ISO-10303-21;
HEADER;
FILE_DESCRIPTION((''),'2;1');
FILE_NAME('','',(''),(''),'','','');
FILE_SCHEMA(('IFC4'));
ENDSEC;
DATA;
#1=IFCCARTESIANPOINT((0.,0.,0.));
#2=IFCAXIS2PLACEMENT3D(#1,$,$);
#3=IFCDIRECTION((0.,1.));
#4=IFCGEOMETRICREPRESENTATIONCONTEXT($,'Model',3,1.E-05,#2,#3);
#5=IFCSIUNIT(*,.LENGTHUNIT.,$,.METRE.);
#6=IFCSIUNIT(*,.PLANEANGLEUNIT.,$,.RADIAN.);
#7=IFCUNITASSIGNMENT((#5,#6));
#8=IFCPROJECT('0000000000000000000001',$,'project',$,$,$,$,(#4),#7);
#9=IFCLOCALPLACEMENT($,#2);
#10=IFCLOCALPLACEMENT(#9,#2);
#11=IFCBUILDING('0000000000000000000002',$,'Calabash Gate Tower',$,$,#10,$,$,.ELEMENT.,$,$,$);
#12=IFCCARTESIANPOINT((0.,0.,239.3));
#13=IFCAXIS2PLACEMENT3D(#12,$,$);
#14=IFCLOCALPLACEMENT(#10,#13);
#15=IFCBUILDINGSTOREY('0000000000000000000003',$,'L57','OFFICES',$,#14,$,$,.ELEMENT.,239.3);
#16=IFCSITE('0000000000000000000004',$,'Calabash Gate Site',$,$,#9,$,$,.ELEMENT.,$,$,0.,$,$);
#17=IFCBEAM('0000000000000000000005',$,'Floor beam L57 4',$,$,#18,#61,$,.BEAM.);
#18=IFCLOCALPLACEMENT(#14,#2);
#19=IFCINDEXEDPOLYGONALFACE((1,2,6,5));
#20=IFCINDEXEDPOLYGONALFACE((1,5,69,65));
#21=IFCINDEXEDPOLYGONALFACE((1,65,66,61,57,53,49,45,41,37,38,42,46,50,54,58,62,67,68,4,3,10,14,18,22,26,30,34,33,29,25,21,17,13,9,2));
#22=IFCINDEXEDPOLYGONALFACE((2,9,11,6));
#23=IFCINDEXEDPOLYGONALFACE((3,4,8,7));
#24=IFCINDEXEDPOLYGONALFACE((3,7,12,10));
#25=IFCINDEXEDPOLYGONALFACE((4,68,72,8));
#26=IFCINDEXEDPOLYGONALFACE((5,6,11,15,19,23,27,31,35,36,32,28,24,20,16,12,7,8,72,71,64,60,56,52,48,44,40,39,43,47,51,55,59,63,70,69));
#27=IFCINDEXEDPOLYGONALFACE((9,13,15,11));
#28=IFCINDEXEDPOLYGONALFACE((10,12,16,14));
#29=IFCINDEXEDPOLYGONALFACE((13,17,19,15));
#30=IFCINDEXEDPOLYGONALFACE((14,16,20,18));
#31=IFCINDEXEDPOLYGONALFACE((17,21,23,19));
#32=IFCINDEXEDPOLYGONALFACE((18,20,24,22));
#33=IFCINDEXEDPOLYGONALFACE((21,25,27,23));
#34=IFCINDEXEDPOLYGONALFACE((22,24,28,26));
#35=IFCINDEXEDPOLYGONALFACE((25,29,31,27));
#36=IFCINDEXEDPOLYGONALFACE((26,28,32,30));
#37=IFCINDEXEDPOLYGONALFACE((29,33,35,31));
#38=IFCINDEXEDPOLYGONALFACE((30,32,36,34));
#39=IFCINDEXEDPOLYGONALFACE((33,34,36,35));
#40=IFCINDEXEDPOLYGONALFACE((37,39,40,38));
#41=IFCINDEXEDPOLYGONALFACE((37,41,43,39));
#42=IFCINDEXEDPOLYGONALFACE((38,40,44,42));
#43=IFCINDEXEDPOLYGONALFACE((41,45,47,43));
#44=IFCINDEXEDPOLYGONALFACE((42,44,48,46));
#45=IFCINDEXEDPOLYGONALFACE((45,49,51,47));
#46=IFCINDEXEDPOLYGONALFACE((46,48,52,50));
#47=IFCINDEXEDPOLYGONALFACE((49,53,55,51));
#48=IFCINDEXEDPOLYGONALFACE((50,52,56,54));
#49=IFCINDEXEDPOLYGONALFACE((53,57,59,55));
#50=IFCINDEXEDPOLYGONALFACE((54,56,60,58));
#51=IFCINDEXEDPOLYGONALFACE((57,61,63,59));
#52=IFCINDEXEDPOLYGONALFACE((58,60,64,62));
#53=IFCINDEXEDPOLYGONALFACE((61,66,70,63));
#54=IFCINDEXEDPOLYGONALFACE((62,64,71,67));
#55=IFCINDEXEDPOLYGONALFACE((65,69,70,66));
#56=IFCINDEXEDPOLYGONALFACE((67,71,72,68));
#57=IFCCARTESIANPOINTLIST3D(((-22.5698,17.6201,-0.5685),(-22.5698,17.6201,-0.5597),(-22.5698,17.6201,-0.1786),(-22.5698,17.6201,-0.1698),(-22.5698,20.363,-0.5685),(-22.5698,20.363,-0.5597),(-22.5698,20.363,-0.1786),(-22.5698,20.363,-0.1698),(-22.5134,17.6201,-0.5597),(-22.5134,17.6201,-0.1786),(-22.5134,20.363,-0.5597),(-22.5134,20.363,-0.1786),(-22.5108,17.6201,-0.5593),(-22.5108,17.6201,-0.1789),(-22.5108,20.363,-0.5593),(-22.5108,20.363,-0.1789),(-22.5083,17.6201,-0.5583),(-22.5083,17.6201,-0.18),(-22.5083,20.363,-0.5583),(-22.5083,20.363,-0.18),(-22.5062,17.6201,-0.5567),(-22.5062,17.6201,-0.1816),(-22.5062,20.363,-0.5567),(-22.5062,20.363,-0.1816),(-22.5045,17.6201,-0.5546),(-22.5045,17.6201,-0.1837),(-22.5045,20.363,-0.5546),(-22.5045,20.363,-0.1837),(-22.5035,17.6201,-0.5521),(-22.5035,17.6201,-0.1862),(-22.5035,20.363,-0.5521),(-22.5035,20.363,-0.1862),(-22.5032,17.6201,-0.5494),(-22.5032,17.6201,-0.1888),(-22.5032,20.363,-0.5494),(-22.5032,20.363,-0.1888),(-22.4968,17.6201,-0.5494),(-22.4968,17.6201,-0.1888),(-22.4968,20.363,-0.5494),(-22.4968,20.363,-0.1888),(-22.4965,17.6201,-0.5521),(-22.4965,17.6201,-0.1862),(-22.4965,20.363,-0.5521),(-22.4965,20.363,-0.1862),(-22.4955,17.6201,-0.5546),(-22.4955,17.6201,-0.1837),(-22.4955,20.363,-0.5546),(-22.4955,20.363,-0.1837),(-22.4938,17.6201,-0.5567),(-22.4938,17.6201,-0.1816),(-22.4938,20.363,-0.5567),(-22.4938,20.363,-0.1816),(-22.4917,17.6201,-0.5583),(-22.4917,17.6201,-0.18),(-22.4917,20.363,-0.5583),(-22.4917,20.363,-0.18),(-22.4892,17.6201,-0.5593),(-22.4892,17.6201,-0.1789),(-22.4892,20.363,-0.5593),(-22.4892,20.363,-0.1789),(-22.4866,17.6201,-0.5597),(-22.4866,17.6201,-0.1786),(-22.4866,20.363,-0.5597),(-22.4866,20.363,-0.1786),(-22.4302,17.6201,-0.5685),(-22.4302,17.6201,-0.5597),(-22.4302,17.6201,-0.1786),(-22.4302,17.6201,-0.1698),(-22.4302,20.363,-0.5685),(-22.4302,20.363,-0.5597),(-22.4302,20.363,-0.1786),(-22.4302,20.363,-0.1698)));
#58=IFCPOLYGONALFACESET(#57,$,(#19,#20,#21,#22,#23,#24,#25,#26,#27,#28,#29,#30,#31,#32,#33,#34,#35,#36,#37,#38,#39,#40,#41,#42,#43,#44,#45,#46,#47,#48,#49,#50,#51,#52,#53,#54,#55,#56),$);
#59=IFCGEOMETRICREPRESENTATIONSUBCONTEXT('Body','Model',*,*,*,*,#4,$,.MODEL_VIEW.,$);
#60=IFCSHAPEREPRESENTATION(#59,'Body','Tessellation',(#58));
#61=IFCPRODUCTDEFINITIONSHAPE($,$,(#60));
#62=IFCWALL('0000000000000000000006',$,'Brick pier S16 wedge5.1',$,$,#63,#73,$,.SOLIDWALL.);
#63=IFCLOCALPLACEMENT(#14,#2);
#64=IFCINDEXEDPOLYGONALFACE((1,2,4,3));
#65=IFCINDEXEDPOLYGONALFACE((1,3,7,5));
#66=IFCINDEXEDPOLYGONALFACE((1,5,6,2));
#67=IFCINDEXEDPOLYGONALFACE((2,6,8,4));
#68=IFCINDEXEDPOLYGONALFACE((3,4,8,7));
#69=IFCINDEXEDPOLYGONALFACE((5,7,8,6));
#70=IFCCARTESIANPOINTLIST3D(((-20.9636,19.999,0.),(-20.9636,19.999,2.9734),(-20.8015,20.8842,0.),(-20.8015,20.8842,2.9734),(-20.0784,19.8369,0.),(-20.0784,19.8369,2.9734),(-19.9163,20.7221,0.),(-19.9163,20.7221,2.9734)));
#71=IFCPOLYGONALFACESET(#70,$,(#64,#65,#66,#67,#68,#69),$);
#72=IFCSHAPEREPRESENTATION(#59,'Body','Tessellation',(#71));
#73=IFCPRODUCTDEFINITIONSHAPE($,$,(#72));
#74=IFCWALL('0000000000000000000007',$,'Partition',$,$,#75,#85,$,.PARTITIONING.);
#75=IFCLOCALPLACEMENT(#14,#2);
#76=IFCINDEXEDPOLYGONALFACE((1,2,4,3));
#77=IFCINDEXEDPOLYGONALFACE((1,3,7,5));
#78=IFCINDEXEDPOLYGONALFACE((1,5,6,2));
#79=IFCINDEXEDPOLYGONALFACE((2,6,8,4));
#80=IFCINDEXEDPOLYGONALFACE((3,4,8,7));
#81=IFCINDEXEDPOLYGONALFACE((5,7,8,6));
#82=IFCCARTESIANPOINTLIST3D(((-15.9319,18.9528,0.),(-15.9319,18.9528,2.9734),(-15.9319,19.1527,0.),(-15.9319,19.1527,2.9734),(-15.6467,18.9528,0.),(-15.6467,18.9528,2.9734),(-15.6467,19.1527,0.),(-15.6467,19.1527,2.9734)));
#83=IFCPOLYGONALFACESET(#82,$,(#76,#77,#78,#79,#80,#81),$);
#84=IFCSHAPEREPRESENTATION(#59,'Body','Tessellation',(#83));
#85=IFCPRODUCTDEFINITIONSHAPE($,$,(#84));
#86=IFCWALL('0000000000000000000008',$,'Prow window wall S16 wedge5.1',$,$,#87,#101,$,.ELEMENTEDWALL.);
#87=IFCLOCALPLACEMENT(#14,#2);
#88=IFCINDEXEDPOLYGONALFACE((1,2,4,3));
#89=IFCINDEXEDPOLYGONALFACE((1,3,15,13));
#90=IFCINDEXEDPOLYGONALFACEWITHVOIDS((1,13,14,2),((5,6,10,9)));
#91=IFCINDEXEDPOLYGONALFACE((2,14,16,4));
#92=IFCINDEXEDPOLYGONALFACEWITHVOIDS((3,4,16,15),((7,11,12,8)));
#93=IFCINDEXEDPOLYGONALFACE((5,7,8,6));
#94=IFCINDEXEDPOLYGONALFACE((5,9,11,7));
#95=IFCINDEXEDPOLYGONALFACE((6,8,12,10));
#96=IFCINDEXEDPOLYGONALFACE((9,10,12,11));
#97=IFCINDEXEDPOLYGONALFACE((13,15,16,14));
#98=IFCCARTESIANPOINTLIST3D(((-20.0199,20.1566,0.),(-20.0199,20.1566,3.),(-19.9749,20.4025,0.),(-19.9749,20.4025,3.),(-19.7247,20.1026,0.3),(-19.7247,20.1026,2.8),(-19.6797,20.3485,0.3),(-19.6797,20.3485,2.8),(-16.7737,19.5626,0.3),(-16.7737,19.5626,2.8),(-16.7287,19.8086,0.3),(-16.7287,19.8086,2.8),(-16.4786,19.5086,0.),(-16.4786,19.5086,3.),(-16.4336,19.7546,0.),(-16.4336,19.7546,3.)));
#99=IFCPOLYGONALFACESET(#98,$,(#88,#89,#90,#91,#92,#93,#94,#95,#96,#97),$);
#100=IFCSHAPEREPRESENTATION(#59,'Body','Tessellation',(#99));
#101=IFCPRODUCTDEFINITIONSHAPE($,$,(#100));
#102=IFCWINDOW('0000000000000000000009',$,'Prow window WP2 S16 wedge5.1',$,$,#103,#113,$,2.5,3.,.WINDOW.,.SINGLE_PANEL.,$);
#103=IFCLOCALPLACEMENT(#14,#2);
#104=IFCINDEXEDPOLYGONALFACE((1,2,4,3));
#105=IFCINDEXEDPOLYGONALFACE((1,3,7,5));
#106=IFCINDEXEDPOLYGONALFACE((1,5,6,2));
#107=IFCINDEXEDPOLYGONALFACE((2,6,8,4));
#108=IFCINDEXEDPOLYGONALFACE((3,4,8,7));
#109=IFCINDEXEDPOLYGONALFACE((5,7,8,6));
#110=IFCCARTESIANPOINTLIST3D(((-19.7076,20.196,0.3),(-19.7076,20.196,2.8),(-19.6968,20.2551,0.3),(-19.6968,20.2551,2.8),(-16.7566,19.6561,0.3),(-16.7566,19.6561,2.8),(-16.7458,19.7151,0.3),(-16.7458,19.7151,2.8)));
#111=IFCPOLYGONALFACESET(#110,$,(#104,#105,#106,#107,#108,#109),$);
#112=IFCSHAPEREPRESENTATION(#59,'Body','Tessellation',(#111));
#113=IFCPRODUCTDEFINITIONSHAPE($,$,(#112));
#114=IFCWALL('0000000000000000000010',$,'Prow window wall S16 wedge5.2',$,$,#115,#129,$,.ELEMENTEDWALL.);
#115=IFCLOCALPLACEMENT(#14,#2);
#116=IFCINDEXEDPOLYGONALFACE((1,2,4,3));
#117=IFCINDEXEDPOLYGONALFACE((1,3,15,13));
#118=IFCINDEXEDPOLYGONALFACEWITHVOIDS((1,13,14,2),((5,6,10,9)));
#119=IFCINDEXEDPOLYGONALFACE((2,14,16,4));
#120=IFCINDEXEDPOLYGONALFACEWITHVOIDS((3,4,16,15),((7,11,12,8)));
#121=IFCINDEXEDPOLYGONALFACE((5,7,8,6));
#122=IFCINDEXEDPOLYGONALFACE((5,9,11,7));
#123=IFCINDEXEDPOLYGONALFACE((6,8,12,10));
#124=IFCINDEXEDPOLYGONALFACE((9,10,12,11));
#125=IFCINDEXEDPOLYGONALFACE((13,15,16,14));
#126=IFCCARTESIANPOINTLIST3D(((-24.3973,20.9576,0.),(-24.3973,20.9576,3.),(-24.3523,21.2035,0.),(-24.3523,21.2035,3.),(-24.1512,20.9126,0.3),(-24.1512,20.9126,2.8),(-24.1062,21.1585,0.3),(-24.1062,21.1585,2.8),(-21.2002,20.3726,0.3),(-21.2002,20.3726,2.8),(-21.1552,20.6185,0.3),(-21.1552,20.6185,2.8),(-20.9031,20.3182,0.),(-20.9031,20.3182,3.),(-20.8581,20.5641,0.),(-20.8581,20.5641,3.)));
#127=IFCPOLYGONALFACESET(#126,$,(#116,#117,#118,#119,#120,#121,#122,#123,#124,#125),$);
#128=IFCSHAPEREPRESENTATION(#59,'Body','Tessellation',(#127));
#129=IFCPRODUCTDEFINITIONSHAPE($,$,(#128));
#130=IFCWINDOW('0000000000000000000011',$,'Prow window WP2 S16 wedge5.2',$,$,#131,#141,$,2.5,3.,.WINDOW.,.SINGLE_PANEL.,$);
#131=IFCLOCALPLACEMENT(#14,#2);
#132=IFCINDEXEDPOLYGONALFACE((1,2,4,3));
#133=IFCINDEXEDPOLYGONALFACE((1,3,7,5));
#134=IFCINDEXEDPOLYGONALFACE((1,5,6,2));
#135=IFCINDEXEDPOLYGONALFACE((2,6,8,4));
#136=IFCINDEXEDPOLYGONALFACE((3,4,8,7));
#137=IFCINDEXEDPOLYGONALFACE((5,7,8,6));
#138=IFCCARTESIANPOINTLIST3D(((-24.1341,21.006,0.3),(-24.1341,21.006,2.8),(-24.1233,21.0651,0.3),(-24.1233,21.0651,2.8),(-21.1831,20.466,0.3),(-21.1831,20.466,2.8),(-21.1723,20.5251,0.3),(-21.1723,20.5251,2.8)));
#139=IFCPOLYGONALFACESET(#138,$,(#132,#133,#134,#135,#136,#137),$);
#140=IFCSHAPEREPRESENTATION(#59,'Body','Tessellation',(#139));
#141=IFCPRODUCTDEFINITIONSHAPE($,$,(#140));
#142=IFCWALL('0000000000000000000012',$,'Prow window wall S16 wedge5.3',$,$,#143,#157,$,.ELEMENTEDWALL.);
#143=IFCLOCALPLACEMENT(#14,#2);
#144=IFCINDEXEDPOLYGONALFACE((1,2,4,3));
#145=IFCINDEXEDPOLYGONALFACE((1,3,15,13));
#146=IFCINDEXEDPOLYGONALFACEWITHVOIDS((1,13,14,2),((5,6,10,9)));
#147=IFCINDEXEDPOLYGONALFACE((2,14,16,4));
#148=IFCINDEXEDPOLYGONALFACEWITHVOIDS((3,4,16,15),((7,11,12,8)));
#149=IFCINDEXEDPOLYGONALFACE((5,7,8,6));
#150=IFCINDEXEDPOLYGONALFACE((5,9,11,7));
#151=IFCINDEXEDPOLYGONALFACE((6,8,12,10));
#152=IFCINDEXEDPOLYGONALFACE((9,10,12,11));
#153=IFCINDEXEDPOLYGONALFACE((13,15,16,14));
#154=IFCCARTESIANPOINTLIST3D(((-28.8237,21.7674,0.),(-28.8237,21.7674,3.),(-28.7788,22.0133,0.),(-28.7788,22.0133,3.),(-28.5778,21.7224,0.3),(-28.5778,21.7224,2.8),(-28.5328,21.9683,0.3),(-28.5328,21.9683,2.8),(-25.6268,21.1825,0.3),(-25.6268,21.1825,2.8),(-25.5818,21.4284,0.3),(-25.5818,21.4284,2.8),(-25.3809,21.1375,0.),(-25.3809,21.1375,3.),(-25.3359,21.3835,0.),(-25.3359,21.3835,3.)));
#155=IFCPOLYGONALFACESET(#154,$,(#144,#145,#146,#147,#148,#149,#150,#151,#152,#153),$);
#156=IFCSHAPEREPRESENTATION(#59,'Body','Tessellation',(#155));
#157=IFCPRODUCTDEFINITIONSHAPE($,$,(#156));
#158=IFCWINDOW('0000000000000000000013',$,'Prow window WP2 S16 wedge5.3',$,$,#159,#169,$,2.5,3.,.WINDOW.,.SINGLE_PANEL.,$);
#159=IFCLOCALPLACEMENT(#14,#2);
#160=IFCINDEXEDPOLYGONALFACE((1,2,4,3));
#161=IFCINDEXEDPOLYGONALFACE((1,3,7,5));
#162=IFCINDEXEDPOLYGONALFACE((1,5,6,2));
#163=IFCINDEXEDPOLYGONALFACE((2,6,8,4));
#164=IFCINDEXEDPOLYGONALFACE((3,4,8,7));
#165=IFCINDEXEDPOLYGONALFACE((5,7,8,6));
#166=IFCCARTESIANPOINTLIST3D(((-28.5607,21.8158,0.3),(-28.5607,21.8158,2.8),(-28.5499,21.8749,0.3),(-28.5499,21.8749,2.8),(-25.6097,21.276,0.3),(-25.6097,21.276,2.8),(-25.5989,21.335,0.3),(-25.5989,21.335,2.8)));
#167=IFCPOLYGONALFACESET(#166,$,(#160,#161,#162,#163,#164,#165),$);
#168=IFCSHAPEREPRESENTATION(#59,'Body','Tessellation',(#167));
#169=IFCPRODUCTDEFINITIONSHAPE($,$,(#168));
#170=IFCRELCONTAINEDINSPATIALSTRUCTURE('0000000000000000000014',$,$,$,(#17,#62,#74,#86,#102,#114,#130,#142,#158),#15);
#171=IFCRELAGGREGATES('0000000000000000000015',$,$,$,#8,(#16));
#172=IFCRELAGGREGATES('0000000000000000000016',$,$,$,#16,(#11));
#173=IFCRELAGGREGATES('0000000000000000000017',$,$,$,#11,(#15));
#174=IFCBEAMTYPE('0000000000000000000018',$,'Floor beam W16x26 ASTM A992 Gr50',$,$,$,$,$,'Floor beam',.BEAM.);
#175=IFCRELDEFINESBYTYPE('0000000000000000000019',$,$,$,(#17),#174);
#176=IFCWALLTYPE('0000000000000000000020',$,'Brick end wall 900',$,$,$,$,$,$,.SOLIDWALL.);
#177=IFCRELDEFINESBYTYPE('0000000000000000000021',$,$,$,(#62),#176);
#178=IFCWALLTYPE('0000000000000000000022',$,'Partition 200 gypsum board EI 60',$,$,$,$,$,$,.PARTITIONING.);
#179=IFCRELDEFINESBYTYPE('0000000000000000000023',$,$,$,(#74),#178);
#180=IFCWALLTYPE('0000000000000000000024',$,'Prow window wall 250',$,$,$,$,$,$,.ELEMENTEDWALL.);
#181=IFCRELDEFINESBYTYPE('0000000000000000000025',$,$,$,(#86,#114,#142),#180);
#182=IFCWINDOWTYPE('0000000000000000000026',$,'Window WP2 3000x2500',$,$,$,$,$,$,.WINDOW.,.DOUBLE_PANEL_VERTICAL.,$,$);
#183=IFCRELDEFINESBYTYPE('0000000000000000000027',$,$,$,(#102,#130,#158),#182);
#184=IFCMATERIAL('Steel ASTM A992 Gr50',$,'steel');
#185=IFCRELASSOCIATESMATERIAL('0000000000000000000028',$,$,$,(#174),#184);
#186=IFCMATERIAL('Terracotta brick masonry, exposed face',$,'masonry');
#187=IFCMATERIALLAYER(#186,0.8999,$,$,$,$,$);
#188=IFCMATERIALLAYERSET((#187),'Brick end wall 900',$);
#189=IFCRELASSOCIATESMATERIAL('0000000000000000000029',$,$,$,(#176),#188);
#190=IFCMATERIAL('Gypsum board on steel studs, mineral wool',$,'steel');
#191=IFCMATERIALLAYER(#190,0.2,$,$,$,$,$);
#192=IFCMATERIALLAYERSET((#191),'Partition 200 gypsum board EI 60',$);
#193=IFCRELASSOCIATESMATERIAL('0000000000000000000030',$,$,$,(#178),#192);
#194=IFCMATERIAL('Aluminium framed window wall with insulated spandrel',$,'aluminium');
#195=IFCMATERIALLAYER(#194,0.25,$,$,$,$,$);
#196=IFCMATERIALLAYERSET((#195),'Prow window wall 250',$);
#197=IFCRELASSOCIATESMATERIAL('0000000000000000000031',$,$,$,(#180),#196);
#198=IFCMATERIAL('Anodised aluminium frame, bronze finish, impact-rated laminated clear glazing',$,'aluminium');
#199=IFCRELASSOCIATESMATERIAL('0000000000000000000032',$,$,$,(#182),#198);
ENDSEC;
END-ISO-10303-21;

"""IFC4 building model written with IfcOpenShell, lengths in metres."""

from ifc_helpers import new_model, si_unit, direction, frame, frame_2d, origin, origin_2d, place, context, subcontext, project, spatial, rectangle, i_section, extrude, material, layer, layer_set, material_profile, profile_set, type_object, element, fill, save


model = new_model("IFC4")

# Units and contexts
model_context = context("Model", 3, precision=1e-05, world=origin(), true_north=direction((0.0, 1.0)))
body_context = subcontext(model_context, "Body", "Model", "MODEL_VIEW")
ifc_project = project(units=[si_unit("LENGTHUNIT", "METRE"), si_unit("PLANEANGLEUNIT", "RADIAN")], contexts=[model_context])

# Site, building, storey
site_placement = place(None, origin())
site = spatial("IfcSite", under=ifc_project, at=site_placement, Name="Calabash Gate Site", CompositionType="ELEMENT", RefElevation=0.0)
building_placement = place(site_placement, origin())
building = spatial("IfcBuilding", under=site, at=building_placement, Name="Calabash Gate Tower", CompositionType="ELEMENT")
storey_placement = place(building_placement, frame((0.0, 0.0, 239.3)))
storey = spatial("IfcBuildingStorey", under=building, at=storey_placement, Name="L57", Description="OFFICES", CompositionType="ELEMENT", Elevation=239.3)

# Beam
ifc_material_1 = material(Name="Steel ASTM A992 Gr50", Category="steel")
ifc_material_profile_1 = material_profile(ifc_material_1, i_section(OverallWidth=0.1396, OverallDepth=0.3987, WebThickness=0.0063, FlangeThickness=0.0088, FilletRadius=0.0103, at=origin_2d()))
ifc_profile_set_1 = profile_set([ifc_material_profile_1], Name="Steel ASTM A992 Gr50")
beam_type_1 = type_object("IfcBeamType", Name="Floor beam W16x26 ASTM A992 Gr50", ElementType="Floor beam", PredefinedType="BEAM", material=ifc_profile_set_1)
beam_1_placement = place(storey_placement, frame((-22.5, 17.6201, -0.3691), z_axis=(0.0, 1.0, 0.0), x_axis=(-1.0, 0.0, 0.0)))
element("IfcBeam", 1, at=beam_1_placement, inside=storey, type_object=beam_type_1, Name="Floor beam L57 4", PredefinedType="BEAM", context=body_context, shape_type="SweptSolid", body=[
    extrude(i_section(OverallWidth=0.1396, OverallDepth=0.3987, WebThickness=0.0063, FlangeThickness=0.0088, FilletRadius=0.0103, at=origin_2d()), origin(), (0.0, 0.0, 1.0), 2.7429),
])

# Walls
ifc_material_2 = material(Name="Terracotta brick masonry, exposed face", Category="masonry")
ifc_layer_1 = layer(ifc_material_2, 0.8999)
ifc_layer_set_1 = layer_set([ifc_layer_1], Name="Brick end wall 900")
wall_type_1 = type_object("IfcWallType", Name="Brick end wall 900", PredefinedType="SOLIDWALL", material=ifc_layer_set_1)
wall_1_placement = place(storey_placement, frame((-20.521, 19.918, 0.0), z_axis=(0.0, 0.0, 1.0), x_axis=(0.180127, 0.983643, 0.0)))
element("IfcWall", 2, at=wall_1_placement, inside=storey, type_object=wall_type_1, Name="Brick pier S16 wedge5.1", PredefinedType="SOLIDWALL", context=body_context, shape_type="SweptSolid", body=[
    extrude(rectangle(XDim=0.8999, YDim=0.8999, at=frame_2d((0.45, 0.0))), origin(), (0.0, 0.0, 1.0), 2.9734),
])
ifc_material_3 = material(Name="Gypsum board on steel studs, mineral wool", Category="steel")
ifc_layer_2 = layer(ifc_material_3, 0.2)
ifc_layer_set_2 = layer_set([ifc_layer_2], Name="Partition 200 gypsum board EI 60")
wall_type_2 = type_object("IfcWallType", Name="Partition 200 gypsum board EI 60", PredefinedType="PARTITIONING", material=ifc_layer_set_2)
wall_2_placement = place(storey_placement, frame((-15.9319, 19.0527, 0.0), z_axis=(0.0, 0.0, 1.0), x_axis=(1.0, 0.0, 0.0)))
element("IfcWall", 3, at=wall_2_placement, inside=storey, type_object=wall_type_2, Name="Partition", PredefinedType="PARTITIONING", context=body_context, shape_type="SweptSolid", body=[
    extrude(rectangle(XDim=0.2852, YDim=0.2, at=frame_2d((0.1426, 0.0))), origin(), (0.0, 0.0, 1.0), 2.9734),
])

# Walls, openings, windows
ifc_material_4 = material(Name="Aluminium framed window wall with insulated spandrel", Category="aluminium")
ifc_layer_3 = layer(ifc_material_4, 0.25)
ifc_layer_set_3 = layer_set([ifc_layer_3], Name="Prow window wall 250")
wall_type_3 = type_object("IfcWallType", Name="Prow window wall 250", PredefinedType="ELEMENTEDWALL", material=ifc_layer_set_3)
wall_3_placement = place(storey_placement, frame((-16.4561, 19.6316, 0.0), z_axis=(0.0, 0.0, 1.0), x_axis=(-0.98367, 0.179983, 0.0)))
wall_3 = element("IfcWall", 4, at=wall_3_placement, inside=storey, type_object=wall_type_3, Name="Prow window wall S16 wedge5.1", PredefinedType="ELEMENTEDWALL", context=body_context, shape_type="SweptSolid", body=[
    extrude(rectangle(XDim=3.6001, YDim=0.25, at=frame_2d((1.8, 0.0))), origin(), (0.0, 0.0, 1.0), 3.0),
])
opening_1_placement = place(wall_3_placement, frame((0.3, 0.0, 0.3)))
opening_1 = element("IfcOpeningElement", 5, at=opening_1_placement, cuts=wall_3, PredefinedType="OPENING", context=body_context, shape_type="SweptSolid", body=[
    extrude(rectangle(XDim=3.0, YDim=2.5, at=frame_2d((1.5, 1.25))), frame((0.0, 0.135, 0.0), z_axis=(0.0, -1.0, 0.0), x_axis=(1.0, 0.0, 0.0)), (0.0, 0.0, 1.0), 0.27),
])
ifc_material_5 = material(Name="Anodised aluminium frame, bronze finish, impact-rated laminated clear glazing", Category="aluminium")
window_type = type_object("IfcWindowType", Name="Window WP2 3000x2500", PartitioningType="DOUBLE_PANEL_VERTICAL", PredefinedType="WINDOW", material=ifc_material_5)
window_1_placement = place(opening_1_placement, origin())
window_1 = element("IfcWindow", 6, at=window_1_placement, inside=storey, type_object=window_type, Name="Prow window WP2 S16 wedge5.1", OverallHeight=2.5, OverallWidth=3.0, PartitioningType="SINGLE_PANEL", PredefinedType="WINDOW", context=body_context, shape_type="SweptSolid", body=[
    extrude(rectangle(XDim=3.0, YDim=2.5, at=frame_2d((1.5, 1.25))), frame((0.0, 0.03, 0.0), z_axis=(0.0, -1.0, 0.0), x_axis=(1.0, 0.0, 0.0)), (0.0, 0.0, 1.0), 0.0601),
])
fill(opening_1, window_1)
wall_4_placement = place(storey_placement, frame((-20.8806, 20.4412, 0.0), z_axis=(0.0, 0.0, 1.0), x_axis=(-0.983666, 0.180004, 0.0)))
wall_4 = element("IfcWall", 7, at=wall_4_placement, inside=storey, type_object=wall_type_3, Name="Prow window wall S16 wedge5.2", PredefinedType="ELEMENTEDWALL", context=body_context, shape_type="SweptSolid", body=[
    extrude(rectangle(XDim=3.5522, YDim=0.25, at=frame_2d((1.7761, 0.0))), origin(), (0.0, 0.0, 1.0), 3.0),
])
opening_2_placement = place(wall_4_placement, frame((0.302, 0.0, 0.3)))
opening_2 = element("IfcOpeningElement", 8, at=opening_2_placement, cuts=wall_4, PredefinedType="OPENING", context=body_context, shape_type="SweptSolid", body=[
    extrude(rectangle(XDim=3.0, YDim=2.5, at=frame_2d((1.5, 1.25))), frame((0.0, 0.135, 0.0), z_axis=(0.0, -1.0, 0.0), x_axis=(1.0, 0.0, 0.0)), (0.0, 0.0, 1.0), 0.27),
])
window_2_placement = place(opening_2_placement, origin())
window_2 = element("IfcWindow", 9, at=window_2_placement, inside=storey, type_object=window_type, Name="Prow window WP2 S16 wedge5.2", OverallHeight=2.5, OverallWidth=3.0, PartitioningType="SINGLE_PANEL", PredefinedType="WINDOW", context=body_context, shape_type="SweptSolid", body=[
    extrude(rectangle(XDim=3.0, YDim=2.5, at=frame_2d((1.5, 1.25))), frame((0.0, 0.03, 0.0), z_axis=(0.0, -1.0, 0.0), x_axis=(1.0, 0.0, 0.0)), (0.0, 0.0, 1.0), 0.0601),
])
fill(opening_2, window_2)
wall_5_placement = place(storey_placement, frame((-25.3584, 21.2605, 0.0), z_axis=(0.0, 0.0, 1.0), x_axis=(-0.983673, 0.179966, 0.0)))
wall_5 = element("IfcWall", 10, at=wall_5_placement, inside=storey, type_object=wall_type_3, Name="Prow window wall S16 wedge5.3", PredefinedType="ELEMENTEDWALL", context=body_context, shape_type="SweptSolid", body=[
    extrude(rectangle(XDim=3.5, YDim=0.25, at=frame_2d((1.75, 0.0))), origin(), (0.0, 0.0, 1.0), 3.0),
])
opening_3_placement = place(wall_5_placement, frame((0.25, 0.0, 0.3)))
opening_3 = element("IfcOpeningElement", 11, at=opening_3_placement, cuts=wall_5, PredefinedType="OPENING", context=body_context, shape_type="SweptSolid", body=[
    extrude(rectangle(XDim=3.0, YDim=2.5, at=frame_2d((1.5, 1.25))), frame((0.0, 0.135, 0.0), z_axis=(0.0, -1.0, 0.0), x_axis=(1.0, 0.0, 0.0)), (0.0, 0.0, 1.0), 0.27),
])
window_3_placement = place(opening_3_placement, origin())
window_3 = element("IfcWindow", 12, at=window_3_placement, inside=storey, type_object=window_type, Name="Prow window WP2 S16 wedge5.3", OverallHeight=2.5, OverallWidth=3.0, PartitioningType="SINGLE_PANEL", PredefinedType="WINDOW", context=body_context, shape_type="SweptSolid", body=[
    extrude(rectangle(XDim=3.0, YDim=2.5, at=frame_2d((1.5, 1.25))), frame((0.0, 0.03, 0.0), z_axis=(0.0, -1.0, 0.0), x_axis=(1.0, 0.0, 0.0)), (0.0, 0.0, 1.0), 0.0601),
])
fill(opening_3, window_3)

save(model, "model.ifc")
